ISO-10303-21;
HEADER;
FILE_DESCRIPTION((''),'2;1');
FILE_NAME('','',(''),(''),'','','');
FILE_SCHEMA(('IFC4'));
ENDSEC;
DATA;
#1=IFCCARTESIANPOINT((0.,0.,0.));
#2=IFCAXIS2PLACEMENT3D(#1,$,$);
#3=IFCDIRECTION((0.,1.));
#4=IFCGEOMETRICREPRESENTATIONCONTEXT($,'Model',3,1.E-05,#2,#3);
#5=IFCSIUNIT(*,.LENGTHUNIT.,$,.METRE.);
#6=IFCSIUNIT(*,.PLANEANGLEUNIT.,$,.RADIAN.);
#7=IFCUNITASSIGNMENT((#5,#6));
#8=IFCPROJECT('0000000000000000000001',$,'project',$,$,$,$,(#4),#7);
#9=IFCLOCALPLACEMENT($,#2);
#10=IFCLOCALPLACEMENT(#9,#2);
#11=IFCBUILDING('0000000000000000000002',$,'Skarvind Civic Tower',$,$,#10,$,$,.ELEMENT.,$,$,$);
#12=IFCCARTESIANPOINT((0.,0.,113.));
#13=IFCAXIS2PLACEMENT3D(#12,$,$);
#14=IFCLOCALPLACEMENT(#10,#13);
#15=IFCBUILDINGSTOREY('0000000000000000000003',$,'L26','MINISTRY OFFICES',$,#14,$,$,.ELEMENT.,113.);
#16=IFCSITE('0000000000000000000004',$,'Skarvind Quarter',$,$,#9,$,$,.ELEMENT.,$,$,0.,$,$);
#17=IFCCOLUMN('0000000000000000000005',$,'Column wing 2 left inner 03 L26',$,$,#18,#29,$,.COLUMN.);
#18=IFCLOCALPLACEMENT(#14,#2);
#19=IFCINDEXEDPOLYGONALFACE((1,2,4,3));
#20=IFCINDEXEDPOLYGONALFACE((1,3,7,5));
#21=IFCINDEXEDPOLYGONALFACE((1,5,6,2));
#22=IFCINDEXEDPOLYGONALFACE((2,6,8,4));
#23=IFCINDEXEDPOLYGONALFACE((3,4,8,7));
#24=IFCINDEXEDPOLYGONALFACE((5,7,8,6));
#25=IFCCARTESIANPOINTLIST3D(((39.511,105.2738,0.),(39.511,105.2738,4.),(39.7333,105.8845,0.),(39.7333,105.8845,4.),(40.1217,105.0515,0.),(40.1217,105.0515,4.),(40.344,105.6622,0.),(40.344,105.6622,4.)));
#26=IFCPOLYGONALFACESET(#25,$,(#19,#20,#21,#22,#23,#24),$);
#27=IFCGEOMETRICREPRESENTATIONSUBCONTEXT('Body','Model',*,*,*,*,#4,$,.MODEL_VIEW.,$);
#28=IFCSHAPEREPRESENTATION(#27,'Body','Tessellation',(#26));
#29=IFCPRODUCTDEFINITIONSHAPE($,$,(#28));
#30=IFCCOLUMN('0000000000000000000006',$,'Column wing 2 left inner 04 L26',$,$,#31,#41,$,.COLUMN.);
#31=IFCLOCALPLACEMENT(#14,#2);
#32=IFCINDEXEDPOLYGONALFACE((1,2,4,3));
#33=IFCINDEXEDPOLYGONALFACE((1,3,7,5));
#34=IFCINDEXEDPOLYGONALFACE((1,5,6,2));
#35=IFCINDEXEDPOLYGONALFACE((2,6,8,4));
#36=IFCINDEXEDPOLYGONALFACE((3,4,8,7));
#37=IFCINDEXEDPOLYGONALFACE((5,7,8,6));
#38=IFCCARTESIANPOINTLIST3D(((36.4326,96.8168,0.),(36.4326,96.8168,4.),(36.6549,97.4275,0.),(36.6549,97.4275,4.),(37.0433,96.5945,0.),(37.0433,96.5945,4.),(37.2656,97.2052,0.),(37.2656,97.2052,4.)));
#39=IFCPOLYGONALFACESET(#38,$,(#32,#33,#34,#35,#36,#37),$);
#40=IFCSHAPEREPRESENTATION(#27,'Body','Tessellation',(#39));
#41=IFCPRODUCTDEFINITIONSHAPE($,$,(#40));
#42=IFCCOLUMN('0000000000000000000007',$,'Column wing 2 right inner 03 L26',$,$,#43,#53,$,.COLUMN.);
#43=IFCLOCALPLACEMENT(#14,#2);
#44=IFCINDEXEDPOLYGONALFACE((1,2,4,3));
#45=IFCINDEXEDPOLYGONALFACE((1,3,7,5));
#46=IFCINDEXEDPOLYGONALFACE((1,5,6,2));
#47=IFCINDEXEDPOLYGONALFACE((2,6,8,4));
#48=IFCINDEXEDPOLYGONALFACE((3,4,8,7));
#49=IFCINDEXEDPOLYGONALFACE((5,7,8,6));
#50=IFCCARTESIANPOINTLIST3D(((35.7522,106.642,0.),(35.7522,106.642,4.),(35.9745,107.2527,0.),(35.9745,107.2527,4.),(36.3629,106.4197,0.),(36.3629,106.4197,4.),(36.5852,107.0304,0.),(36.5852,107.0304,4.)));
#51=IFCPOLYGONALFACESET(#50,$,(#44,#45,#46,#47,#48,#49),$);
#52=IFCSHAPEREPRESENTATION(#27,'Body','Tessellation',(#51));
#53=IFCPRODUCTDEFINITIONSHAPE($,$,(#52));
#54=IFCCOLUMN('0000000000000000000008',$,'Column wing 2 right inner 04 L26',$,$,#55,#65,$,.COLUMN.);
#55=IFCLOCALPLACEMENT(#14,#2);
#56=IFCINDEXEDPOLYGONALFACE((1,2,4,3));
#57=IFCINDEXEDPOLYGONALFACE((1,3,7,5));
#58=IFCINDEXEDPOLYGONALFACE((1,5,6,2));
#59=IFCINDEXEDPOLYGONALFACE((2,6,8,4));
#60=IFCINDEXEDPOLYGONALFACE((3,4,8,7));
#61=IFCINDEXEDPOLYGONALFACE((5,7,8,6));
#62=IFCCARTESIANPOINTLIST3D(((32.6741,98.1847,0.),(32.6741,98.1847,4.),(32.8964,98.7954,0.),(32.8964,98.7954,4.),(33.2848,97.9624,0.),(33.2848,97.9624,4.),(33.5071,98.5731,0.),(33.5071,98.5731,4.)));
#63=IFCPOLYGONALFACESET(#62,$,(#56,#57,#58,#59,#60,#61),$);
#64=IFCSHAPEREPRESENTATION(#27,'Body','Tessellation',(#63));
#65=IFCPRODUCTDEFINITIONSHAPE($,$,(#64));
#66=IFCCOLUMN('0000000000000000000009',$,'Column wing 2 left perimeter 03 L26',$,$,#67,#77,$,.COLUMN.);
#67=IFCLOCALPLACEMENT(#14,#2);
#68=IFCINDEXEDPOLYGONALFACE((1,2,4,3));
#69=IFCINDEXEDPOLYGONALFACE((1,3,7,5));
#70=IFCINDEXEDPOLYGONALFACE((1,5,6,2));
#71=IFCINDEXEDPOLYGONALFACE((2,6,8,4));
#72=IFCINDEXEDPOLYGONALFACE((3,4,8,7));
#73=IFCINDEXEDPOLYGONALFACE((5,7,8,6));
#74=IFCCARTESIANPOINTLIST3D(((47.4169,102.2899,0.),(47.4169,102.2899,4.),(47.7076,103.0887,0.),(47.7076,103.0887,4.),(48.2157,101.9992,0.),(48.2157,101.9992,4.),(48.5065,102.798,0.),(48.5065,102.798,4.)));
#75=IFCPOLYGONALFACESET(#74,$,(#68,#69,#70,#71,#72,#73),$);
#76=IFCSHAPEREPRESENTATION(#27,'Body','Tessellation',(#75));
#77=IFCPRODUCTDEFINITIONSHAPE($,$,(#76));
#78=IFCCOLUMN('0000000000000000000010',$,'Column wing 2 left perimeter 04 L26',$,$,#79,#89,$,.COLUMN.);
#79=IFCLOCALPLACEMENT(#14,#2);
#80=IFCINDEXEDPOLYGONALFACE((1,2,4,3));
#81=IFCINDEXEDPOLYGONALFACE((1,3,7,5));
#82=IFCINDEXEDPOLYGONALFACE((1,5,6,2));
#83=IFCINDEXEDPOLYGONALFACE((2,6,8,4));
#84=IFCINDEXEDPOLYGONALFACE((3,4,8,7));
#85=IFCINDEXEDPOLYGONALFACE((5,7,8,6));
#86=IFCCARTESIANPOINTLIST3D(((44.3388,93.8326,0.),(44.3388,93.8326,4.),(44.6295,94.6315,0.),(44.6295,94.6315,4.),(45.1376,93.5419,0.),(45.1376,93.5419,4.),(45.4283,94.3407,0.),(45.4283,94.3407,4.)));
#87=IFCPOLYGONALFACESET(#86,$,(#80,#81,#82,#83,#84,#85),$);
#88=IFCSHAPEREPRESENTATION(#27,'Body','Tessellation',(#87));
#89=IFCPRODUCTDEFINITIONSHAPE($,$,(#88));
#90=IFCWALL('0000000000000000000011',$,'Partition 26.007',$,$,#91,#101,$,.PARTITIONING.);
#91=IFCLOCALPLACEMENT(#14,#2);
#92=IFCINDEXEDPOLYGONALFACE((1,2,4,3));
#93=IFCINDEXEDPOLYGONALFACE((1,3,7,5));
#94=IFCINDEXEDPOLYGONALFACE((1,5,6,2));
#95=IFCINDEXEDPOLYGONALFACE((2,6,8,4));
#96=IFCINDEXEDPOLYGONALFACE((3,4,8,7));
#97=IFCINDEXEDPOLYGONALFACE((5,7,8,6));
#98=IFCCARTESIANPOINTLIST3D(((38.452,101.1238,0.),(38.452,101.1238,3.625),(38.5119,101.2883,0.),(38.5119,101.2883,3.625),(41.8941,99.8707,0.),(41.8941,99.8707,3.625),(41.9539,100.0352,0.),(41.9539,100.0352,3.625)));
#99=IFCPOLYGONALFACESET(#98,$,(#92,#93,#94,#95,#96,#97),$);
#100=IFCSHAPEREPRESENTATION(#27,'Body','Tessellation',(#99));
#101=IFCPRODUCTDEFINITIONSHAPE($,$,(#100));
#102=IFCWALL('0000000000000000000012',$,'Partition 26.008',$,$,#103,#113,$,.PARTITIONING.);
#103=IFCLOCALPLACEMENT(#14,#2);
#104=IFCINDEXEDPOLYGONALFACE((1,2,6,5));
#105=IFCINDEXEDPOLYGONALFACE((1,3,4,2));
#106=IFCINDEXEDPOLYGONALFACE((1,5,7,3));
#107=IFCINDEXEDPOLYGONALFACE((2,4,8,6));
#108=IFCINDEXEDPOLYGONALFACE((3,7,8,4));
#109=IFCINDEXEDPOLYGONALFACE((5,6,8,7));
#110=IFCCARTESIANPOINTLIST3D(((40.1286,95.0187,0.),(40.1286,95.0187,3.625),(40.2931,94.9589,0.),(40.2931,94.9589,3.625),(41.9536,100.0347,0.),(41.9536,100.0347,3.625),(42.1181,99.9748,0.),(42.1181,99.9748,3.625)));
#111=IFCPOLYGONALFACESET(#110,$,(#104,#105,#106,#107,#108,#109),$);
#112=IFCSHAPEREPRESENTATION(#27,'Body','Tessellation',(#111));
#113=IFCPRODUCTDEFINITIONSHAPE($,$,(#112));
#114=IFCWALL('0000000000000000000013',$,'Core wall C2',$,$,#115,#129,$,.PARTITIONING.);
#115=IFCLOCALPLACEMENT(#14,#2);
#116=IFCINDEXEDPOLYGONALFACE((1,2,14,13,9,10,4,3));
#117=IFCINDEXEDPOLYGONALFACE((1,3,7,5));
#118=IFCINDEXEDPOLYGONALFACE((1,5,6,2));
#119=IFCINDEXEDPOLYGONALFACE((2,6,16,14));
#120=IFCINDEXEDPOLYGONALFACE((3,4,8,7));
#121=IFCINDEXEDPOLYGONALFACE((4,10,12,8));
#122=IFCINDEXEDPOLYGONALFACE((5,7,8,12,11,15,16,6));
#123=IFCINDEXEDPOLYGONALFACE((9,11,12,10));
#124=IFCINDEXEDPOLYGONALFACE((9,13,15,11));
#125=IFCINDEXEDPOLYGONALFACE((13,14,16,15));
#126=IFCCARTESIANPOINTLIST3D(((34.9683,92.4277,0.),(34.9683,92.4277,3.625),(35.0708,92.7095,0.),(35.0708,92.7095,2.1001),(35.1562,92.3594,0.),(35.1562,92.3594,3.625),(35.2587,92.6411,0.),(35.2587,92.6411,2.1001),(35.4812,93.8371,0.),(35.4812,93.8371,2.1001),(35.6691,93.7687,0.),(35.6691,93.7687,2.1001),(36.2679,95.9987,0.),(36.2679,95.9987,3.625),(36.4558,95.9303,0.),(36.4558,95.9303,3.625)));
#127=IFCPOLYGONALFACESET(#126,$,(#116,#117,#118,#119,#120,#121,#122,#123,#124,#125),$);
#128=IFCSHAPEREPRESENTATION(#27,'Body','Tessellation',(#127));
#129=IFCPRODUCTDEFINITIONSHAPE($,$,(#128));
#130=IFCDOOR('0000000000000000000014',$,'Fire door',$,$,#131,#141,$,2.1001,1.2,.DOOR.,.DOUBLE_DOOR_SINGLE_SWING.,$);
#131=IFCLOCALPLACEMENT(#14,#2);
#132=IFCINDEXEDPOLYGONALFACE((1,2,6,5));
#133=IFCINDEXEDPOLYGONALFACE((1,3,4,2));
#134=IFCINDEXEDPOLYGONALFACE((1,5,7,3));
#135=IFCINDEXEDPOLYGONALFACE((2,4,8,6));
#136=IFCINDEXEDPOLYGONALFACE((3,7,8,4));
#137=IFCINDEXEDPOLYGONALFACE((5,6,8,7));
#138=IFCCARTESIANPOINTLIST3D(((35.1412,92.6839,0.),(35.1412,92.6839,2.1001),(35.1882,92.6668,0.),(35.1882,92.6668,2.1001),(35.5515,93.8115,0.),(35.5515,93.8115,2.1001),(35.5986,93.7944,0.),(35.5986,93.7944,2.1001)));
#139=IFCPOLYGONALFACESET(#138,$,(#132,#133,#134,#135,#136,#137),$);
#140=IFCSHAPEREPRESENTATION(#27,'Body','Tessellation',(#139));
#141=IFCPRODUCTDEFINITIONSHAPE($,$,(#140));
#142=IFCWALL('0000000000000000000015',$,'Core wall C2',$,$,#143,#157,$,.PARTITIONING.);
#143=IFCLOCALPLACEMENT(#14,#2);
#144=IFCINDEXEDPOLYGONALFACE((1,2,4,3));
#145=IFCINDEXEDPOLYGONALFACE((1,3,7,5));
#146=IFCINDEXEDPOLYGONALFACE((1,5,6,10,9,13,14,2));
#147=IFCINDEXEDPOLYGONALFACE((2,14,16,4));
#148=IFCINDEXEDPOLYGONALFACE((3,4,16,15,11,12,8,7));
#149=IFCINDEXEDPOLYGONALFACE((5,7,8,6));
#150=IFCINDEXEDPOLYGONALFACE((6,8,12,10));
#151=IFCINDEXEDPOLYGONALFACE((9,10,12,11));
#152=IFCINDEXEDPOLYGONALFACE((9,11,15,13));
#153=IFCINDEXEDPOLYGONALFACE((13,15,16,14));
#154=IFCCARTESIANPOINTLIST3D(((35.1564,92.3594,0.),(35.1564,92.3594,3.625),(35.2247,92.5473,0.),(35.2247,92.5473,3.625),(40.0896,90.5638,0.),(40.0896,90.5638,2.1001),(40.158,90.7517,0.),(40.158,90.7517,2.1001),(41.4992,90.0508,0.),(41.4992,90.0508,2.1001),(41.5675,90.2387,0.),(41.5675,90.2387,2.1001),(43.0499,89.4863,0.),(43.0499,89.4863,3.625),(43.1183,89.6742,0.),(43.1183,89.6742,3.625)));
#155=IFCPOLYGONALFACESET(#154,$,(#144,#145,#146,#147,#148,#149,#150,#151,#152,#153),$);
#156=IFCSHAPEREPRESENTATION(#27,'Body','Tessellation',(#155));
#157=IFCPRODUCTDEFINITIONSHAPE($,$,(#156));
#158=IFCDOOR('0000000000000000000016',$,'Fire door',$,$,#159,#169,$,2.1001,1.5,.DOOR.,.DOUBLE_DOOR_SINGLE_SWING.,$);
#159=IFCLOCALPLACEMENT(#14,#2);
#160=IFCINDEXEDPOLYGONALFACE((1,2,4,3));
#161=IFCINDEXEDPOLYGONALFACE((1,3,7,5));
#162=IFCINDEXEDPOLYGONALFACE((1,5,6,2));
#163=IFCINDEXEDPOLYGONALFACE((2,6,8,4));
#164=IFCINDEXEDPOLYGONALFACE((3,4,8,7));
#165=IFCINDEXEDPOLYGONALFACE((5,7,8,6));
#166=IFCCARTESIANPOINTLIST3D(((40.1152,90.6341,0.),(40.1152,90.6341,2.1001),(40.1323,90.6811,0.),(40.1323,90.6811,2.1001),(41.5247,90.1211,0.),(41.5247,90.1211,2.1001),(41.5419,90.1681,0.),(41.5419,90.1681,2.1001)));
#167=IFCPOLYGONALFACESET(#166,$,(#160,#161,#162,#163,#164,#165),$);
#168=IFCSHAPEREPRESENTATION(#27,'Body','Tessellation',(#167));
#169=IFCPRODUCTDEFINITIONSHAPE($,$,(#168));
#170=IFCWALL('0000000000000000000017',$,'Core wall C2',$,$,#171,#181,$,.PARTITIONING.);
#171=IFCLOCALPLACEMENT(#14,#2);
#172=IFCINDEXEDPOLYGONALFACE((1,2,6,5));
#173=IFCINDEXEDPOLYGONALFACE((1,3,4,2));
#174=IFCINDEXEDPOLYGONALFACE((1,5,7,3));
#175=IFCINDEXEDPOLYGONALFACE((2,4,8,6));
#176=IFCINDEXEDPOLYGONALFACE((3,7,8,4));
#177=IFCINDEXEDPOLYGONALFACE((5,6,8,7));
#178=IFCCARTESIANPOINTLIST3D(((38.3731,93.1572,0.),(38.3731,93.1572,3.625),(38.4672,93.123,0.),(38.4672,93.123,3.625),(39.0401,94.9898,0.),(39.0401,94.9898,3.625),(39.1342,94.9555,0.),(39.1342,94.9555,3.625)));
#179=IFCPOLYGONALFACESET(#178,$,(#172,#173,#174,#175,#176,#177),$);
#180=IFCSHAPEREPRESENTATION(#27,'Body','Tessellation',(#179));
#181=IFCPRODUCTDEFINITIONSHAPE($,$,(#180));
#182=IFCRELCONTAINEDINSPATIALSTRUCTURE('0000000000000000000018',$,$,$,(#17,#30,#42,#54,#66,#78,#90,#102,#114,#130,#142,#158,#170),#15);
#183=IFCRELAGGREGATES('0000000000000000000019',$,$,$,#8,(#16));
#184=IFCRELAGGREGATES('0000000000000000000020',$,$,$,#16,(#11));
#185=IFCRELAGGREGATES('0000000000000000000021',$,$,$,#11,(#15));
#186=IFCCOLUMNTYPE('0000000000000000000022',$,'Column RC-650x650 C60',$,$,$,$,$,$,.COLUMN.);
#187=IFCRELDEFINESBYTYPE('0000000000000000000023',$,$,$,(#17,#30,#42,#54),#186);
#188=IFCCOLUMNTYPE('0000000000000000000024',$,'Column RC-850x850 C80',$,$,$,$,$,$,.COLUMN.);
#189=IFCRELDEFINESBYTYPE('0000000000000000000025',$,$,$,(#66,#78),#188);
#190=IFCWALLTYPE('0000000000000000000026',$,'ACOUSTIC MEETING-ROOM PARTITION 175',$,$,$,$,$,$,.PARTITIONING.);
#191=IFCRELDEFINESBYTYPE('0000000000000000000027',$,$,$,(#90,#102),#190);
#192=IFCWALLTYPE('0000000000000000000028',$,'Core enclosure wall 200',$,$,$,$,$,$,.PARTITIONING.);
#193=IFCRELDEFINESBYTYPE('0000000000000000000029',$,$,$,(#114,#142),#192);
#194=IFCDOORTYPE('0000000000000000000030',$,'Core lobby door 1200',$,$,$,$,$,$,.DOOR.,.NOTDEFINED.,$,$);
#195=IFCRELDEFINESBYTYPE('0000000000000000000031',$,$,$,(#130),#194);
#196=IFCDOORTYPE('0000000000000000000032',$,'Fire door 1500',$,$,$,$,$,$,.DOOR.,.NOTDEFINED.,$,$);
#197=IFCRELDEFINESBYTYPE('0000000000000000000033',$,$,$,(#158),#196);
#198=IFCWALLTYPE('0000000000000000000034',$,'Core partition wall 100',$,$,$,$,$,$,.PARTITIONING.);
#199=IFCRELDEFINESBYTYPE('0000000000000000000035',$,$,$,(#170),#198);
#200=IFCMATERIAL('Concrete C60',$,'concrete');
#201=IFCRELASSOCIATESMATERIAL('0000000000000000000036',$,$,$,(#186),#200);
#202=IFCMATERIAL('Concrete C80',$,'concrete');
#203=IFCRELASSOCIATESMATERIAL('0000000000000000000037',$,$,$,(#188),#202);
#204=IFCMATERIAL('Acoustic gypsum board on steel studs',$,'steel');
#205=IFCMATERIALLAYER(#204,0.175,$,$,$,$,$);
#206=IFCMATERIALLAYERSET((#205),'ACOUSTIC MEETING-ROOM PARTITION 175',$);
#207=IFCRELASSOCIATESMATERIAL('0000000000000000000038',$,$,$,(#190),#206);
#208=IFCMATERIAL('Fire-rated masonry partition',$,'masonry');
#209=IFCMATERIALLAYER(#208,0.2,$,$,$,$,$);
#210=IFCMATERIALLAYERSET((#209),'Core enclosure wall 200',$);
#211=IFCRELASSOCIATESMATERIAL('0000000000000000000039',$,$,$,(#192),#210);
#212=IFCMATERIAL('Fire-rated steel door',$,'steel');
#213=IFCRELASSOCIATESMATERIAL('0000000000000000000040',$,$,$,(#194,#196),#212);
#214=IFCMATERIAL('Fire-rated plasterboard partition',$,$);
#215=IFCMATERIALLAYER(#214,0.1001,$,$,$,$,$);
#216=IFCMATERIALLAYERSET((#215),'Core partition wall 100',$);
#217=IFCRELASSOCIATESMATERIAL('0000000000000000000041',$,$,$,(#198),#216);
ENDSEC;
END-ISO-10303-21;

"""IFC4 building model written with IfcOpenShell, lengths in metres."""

from ifc_helpers import new_model, si_unit, direction, frame, frame_2d, origin, origin_2d, place, context, subcontext, project, spatial, rectangle, extrude, material, layer, layer_set, material_profile, profile_set, type_object, element, fill, save


model = new_model("IFC4")

# Units and contexts
model_context = context("Model", 3, precision=1e-05, world=origin(), true_north=direction((0.0, 1.0)))
body_context = subcontext(model_context, "Body", "Model", "MODEL_VIEW")
ifc_project = project(units=[si_unit("LENGTHUNIT", "METRE"), si_unit("PLANEANGLEUNIT", "RADIAN")], contexts=[model_context])

# Site, building, storey
site_placement = place(None, origin())
site = spatial("IfcSite", under=ifc_project, at=site_placement, Name="Skarvind Quarter", CompositionType="ELEMENT", RefElevation=0.0)
building_placement = place(site_placement, origin())
building = spatial("IfcBuilding", under=site, at=building_placement, Name="Skarvind Civic Tower", CompositionType="ELEMENT")
storey_placement = place(building_placement, frame((0.0, 0.0, 113.0)))
storey = spatial("IfcBuildingStorey", under=building, at=storey_placement, Name="L26", Description="MINISTRY OFFICES", CompositionType="ELEMENT", Elevation=113.0)

# Columns
ifc_material_1 = material(Name="Concrete C60", Category="concrete")
ifc_material_profile_1 = material_profile(ifc_material_1, rectangle(XDim=0.6499, YDim=0.6499, at=origin_2d()), Name="RC-650x650")
ifc_profile_set_1 = profile_set([ifc_material_profile_1], Name="Concrete C60")
column_type_1 = type_object("IfcColumnType", Name="Column RC-650x650 C60", PredefinedType="COLUMN", material=ifc_profile_set_1)
for number, where, z_axis, x_axis, name in (
    (1, (39.9275, 105.468, 0.0), (0.0, 0.0, 1.0), (-0.34202, -0.939693, 0.0), "Column wing 2 left inner 03 L26"),
    (2, (36.8491, 97.011, 0.0), (0.0, 0.0, 1.0), (-0.34202, -0.939693, 0.0), "Column wing 2 left inner 04 L26"),
    (3, (36.1687, 106.8362, 0.0), (0.0, 0.0, 1.0), (-0.34202, -0.939693, 0.0), "Column wing 2 right inner 03 L26"),
    (4, (33.0906, 98.3789, 0.0), (0.0, 0.0, 1.0), (-0.34202, -0.939693, 0.0), "Column wing 2 right inner 04 L26"),
):
    element("IfcColumn", number, at=place(storey_placement, frame(where, z_axis=z_axis, x_axis=x_axis)), inside=storey, type_object=column_type_1, Name=name, PredefinedType="COLUMN", context=body_context, shape_type="SweptSolid", body=[
        extrude(rectangle(XDim=0.6499, YDim=0.6499, at=origin_2d()), origin(), (0.0, 0.0, 1.0), 4.0),
    ])
ifc_material_2 = material(Name="Concrete C80", Category="concrete")
ifc_material_profile_2 = material_profile(ifc_material_2, rectangle(XDim=0.8501, YDim=0.8501, at=origin_2d()), Name="RC-850x850")
ifc_profile_set_2 = profile_set([ifc_material_profile_2], Name="Concrete C80")
column_type_2 = type_object("IfcColumnType", Name="Column RC-850x850 C80", PredefinedType="COLUMN", material=ifc_profile_set_2)
for number, where, z_axis, x_axis, name in (
    (5, (47.9617, 102.5439, 0.0), (0.0, 0.0, 1.0), (-0.34202, -0.939693, 0.0), "Column wing 2 left perimeter 03 L26"),
    (6, (44.8835, 94.0867, 0.0), (0.0, 0.0, 1.0), (-0.34202, -0.939693, 0.0), "Column wing 2 left perimeter 04 L26"),
):
    element("IfcColumn", number, at=place(storey_placement, frame(where, z_axis=z_axis, x_axis=x_axis)), inside=storey, type_object=column_type_2, Name=name, PredefinedType="COLUMN", context=body_context, shape_type="SweptSolid", body=[
        extrude(rectangle(XDim=0.8501, YDim=0.8501, at=origin_2d()), origin(), (0.0, 0.0, 1.0), 4.0),
    ])

# Walls
ifc_material_3 = material(Name="Acoustic gypsum board on steel studs", Category="steel")
ifc_layer_1 = layer(ifc_material_3, 0.175)
ifc_layer_set_1 = layer_set([ifc_layer_1], Name="ACOUSTIC MEETING-ROOM PARTITION 175")
wall_type_1 = type_object("IfcWallType", Name="ACOUSTIC MEETING-ROOM PARTITION 175", PredefinedType="PARTITIONING", material=ifc_layer_set_1)
wall_1_placement = place(storey_placement, frame((38.4819, 101.2061, 0.0), z_axis=(0.0, 0.0, 1.0), x_axis=(0.939663, -0.342102, 0.0)))
element("IfcWall", 7, at=wall_1_placement, inside=storey, type_object=wall_type_1, Name="Partition 26.007", PredefinedType="PARTITIONING", context=body_context, shape_type="SweptSolid", body=[
    extrude(rectangle(XDim=3.6631, YDim=0.175, at=frame_2d((1.8315, 0.0))), origin(), (0.0, 0.0, 1.0), 3.625),
])
wall_2_placement = place(storey_placement, frame((42.0359, 100.0049, 0.0), z_axis=(0.0, 0.0, 1.0), x_axis=(-0.341908, -0.939733, 0.0)))
element("IfcWall", 8, at=wall_2_placement, inside=storey, type_object=wall_type_1, Name="Partition 26.008", PredefinedType="PARTITIONING", context=body_context, shape_type="SweptSolid", body=[
    extrude(rectangle(XDim=5.3376, YDim=0.175, at=frame_2d((2.6689, 0.0))), origin(), (0.0, 0.0, 1.0), 3.625),
])

# Walls, openings, doors
ifc_material_4 = material(Name="Fire-rated masonry partition", Category="masonry")
ifc_layer_2 = layer(ifc_material_4, 0.2)
ifc_layer_set_2 = layer_set([ifc_layer_2], Name="Core enclosure wall 200")
wall_type_2 = type_object("IfcWallType", Name="Core enclosure wall 200", PredefinedType="PARTITIONING", material=ifc_layer_set_2)
wall_3_placement = place(storey_placement, frame((36.3618, 95.9644, 0.0), z_axis=(0.0, 0.0, 1.0), x_axis=(-0.341996, -0.939701, 0.0)))
wall_3 = element("IfcWall", 9, at=wall_3_placement, inside=storey, type_object=wall_type_2, Name="Core wall C2", PredefinedType="PARTITIONING", context=body_context, shape_type="SweptSolid", body=[
    extrude(rectangle(XDim=3.8, YDim=0.2, at=frame_2d((1.8999, 0.0))), origin(), (0.0, 0.0, 1.0), 3.625),
])
opening_1_placement = place(wall_3_placement, frame((2.3, 0.0, 0.0)))
opening_1 = element("IfcOpeningElement", 10, at=opening_1_placement, cuts=wall_3, PredefinedType="OPENING", context=body_context, shape_type="SweptSolid", body=[
    extrude(rectangle(XDim=1.2, YDim=2.1001, at=frame_2d((0.6001, 1.05))), frame((0.0, 0.1099, 0.0), z_axis=(0.0, -1.0, 0.0), x_axis=(1.0, 0.0, 0.0)), (0.0, 0.0, 1.0), 0.22),
])
ifc_material_5 = material(Name="Fire-rated steel door", Category="steel")
door_type_1 = type_object("IfcDoorType", Name="Core lobby door 1200", OperationType="NOTDEFINED", PredefinedType="DOOR", material=ifc_material_5)
door_1_placement = place(opening_1_placement, origin())
door_1 = element("IfcDoor", 11, at=door_1_placement, inside=storey, type_object=door_type_1, Name="Fire door", OperationType="DOUBLE_DOOR_SINGLE_SWING", OverallHeight=2.1001, OverallWidth=1.2, PredefinedType="DOOR", context=body_context, shape_type="SweptSolid", body=[
    extrude(rectangle(XDim=1.2, YDim=2.1001, at=frame_2d((0.6001, 1.05))), frame((0.0, 0.0249, 0.0), z_axis=(0.0, -1.0, 0.0), x_axis=(1.0, 0.0, 0.0)), (0.0, 0.0, 1.0), 0.05),
])
fill(opening_1, door_1)
wall_4_placement = place(storey_placement, frame((35.1904, 92.4534, 0.0), z_axis=(0.0, 0.0, 1.0), x_axis=(0.939692, -0.342023, 0.0)))
wall_4 = element("IfcWall", 12, at=wall_4_placement, inside=storey, type_object=wall_type_2, Name="Core wall C2", PredefinedType="PARTITIONING", context=body_context, shape_type="SweptSolid", body=[
    extrude(rectangle(XDim=8.4001, YDim=0.2, at=frame_2d((4.2002, 0.0))), origin(), (0.0, 0.0, 1.0), 3.625),
])
opening_2_placement = place(wall_4_placement, frame((5.25, 0.0, 0.0)))
opening_2 = element("IfcOpeningElement", 13, at=opening_2_placement, cuts=wall_4, PredefinedType="OPENING", context=body_context, shape_type="SweptSolid", body=[
    extrude(rectangle(XDim=1.5, YDim=2.1001, at=frame_2d((0.75, 1.05))), frame((0.0, 0.1099, 0.0), z_axis=(0.0, -1.0, 0.0), x_axis=(1.0, 0.0, 0.0)), (0.0, 0.0, 1.0), 0.22),
])
door_type_2 = type_object("IfcDoorType", Name="Fire door 1500", OperationType="NOTDEFINED", PredefinedType="DOOR", material=ifc_material_5)
door_2_placement = place(opening_2_placement, origin())
door_2 = element("IfcDoor", 14, at=door_2_placement, inside=storey, type_object=door_type_2, Name="Fire door", OperationType="DOUBLE_DOOR_SINGLE_SWING", OverallHeight=2.1001, OverallWidth=1.5, PredefinedType="DOOR", context=body_context, shape_type="SweptSolid", body=[
    extrude(rectangle(XDim=1.5, YDim=2.1001, at=frame_2d((0.75, 1.05))), frame((0.0, 0.0249, 0.0), z_axis=(0.0, -1.0, 0.0), x_axis=(1.0, 0.0, 0.0)), (0.0, 0.0, 1.0), 0.05),
])
fill(opening_2, door_2)

# Wall
ifc_material_6 = material(Name="Fire-rated plasterboard partition")
ifc_layer_3 = layer(ifc_material_6, 0.1001)
ifc_layer_set_3 = layer_set([ifc_layer_3], Name="Core partition wall 100")
wall_type_3 = type_object("IfcWallType", Name="Core partition wall 100", PredefinedType="PARTITIONING", material=ifc_layer_set_3)
wall_5_placement = place(storey_placement, frame((39.0872, 94.9727, 0.0), z_axis=(0.0, 0.0, 1.0), x_axis=(-0.342025, -0.939691, 0.0)))
element("IfcWall", 15, at=wall_5_placement, inside=storey, type_object=wall_type_3, Name="Core wall C2", PredefinedType="PARTITIONING", context=body_context, shape_type="SweptSolid", body=[
    extrude(rectangle(XDim=1.9502, YDim=0.1001, at=frame_2d((0.9751, 0.0))), origin(), (0.0, 0.0, 1.0), 3.625),
])

save(model, "model.ifc")
